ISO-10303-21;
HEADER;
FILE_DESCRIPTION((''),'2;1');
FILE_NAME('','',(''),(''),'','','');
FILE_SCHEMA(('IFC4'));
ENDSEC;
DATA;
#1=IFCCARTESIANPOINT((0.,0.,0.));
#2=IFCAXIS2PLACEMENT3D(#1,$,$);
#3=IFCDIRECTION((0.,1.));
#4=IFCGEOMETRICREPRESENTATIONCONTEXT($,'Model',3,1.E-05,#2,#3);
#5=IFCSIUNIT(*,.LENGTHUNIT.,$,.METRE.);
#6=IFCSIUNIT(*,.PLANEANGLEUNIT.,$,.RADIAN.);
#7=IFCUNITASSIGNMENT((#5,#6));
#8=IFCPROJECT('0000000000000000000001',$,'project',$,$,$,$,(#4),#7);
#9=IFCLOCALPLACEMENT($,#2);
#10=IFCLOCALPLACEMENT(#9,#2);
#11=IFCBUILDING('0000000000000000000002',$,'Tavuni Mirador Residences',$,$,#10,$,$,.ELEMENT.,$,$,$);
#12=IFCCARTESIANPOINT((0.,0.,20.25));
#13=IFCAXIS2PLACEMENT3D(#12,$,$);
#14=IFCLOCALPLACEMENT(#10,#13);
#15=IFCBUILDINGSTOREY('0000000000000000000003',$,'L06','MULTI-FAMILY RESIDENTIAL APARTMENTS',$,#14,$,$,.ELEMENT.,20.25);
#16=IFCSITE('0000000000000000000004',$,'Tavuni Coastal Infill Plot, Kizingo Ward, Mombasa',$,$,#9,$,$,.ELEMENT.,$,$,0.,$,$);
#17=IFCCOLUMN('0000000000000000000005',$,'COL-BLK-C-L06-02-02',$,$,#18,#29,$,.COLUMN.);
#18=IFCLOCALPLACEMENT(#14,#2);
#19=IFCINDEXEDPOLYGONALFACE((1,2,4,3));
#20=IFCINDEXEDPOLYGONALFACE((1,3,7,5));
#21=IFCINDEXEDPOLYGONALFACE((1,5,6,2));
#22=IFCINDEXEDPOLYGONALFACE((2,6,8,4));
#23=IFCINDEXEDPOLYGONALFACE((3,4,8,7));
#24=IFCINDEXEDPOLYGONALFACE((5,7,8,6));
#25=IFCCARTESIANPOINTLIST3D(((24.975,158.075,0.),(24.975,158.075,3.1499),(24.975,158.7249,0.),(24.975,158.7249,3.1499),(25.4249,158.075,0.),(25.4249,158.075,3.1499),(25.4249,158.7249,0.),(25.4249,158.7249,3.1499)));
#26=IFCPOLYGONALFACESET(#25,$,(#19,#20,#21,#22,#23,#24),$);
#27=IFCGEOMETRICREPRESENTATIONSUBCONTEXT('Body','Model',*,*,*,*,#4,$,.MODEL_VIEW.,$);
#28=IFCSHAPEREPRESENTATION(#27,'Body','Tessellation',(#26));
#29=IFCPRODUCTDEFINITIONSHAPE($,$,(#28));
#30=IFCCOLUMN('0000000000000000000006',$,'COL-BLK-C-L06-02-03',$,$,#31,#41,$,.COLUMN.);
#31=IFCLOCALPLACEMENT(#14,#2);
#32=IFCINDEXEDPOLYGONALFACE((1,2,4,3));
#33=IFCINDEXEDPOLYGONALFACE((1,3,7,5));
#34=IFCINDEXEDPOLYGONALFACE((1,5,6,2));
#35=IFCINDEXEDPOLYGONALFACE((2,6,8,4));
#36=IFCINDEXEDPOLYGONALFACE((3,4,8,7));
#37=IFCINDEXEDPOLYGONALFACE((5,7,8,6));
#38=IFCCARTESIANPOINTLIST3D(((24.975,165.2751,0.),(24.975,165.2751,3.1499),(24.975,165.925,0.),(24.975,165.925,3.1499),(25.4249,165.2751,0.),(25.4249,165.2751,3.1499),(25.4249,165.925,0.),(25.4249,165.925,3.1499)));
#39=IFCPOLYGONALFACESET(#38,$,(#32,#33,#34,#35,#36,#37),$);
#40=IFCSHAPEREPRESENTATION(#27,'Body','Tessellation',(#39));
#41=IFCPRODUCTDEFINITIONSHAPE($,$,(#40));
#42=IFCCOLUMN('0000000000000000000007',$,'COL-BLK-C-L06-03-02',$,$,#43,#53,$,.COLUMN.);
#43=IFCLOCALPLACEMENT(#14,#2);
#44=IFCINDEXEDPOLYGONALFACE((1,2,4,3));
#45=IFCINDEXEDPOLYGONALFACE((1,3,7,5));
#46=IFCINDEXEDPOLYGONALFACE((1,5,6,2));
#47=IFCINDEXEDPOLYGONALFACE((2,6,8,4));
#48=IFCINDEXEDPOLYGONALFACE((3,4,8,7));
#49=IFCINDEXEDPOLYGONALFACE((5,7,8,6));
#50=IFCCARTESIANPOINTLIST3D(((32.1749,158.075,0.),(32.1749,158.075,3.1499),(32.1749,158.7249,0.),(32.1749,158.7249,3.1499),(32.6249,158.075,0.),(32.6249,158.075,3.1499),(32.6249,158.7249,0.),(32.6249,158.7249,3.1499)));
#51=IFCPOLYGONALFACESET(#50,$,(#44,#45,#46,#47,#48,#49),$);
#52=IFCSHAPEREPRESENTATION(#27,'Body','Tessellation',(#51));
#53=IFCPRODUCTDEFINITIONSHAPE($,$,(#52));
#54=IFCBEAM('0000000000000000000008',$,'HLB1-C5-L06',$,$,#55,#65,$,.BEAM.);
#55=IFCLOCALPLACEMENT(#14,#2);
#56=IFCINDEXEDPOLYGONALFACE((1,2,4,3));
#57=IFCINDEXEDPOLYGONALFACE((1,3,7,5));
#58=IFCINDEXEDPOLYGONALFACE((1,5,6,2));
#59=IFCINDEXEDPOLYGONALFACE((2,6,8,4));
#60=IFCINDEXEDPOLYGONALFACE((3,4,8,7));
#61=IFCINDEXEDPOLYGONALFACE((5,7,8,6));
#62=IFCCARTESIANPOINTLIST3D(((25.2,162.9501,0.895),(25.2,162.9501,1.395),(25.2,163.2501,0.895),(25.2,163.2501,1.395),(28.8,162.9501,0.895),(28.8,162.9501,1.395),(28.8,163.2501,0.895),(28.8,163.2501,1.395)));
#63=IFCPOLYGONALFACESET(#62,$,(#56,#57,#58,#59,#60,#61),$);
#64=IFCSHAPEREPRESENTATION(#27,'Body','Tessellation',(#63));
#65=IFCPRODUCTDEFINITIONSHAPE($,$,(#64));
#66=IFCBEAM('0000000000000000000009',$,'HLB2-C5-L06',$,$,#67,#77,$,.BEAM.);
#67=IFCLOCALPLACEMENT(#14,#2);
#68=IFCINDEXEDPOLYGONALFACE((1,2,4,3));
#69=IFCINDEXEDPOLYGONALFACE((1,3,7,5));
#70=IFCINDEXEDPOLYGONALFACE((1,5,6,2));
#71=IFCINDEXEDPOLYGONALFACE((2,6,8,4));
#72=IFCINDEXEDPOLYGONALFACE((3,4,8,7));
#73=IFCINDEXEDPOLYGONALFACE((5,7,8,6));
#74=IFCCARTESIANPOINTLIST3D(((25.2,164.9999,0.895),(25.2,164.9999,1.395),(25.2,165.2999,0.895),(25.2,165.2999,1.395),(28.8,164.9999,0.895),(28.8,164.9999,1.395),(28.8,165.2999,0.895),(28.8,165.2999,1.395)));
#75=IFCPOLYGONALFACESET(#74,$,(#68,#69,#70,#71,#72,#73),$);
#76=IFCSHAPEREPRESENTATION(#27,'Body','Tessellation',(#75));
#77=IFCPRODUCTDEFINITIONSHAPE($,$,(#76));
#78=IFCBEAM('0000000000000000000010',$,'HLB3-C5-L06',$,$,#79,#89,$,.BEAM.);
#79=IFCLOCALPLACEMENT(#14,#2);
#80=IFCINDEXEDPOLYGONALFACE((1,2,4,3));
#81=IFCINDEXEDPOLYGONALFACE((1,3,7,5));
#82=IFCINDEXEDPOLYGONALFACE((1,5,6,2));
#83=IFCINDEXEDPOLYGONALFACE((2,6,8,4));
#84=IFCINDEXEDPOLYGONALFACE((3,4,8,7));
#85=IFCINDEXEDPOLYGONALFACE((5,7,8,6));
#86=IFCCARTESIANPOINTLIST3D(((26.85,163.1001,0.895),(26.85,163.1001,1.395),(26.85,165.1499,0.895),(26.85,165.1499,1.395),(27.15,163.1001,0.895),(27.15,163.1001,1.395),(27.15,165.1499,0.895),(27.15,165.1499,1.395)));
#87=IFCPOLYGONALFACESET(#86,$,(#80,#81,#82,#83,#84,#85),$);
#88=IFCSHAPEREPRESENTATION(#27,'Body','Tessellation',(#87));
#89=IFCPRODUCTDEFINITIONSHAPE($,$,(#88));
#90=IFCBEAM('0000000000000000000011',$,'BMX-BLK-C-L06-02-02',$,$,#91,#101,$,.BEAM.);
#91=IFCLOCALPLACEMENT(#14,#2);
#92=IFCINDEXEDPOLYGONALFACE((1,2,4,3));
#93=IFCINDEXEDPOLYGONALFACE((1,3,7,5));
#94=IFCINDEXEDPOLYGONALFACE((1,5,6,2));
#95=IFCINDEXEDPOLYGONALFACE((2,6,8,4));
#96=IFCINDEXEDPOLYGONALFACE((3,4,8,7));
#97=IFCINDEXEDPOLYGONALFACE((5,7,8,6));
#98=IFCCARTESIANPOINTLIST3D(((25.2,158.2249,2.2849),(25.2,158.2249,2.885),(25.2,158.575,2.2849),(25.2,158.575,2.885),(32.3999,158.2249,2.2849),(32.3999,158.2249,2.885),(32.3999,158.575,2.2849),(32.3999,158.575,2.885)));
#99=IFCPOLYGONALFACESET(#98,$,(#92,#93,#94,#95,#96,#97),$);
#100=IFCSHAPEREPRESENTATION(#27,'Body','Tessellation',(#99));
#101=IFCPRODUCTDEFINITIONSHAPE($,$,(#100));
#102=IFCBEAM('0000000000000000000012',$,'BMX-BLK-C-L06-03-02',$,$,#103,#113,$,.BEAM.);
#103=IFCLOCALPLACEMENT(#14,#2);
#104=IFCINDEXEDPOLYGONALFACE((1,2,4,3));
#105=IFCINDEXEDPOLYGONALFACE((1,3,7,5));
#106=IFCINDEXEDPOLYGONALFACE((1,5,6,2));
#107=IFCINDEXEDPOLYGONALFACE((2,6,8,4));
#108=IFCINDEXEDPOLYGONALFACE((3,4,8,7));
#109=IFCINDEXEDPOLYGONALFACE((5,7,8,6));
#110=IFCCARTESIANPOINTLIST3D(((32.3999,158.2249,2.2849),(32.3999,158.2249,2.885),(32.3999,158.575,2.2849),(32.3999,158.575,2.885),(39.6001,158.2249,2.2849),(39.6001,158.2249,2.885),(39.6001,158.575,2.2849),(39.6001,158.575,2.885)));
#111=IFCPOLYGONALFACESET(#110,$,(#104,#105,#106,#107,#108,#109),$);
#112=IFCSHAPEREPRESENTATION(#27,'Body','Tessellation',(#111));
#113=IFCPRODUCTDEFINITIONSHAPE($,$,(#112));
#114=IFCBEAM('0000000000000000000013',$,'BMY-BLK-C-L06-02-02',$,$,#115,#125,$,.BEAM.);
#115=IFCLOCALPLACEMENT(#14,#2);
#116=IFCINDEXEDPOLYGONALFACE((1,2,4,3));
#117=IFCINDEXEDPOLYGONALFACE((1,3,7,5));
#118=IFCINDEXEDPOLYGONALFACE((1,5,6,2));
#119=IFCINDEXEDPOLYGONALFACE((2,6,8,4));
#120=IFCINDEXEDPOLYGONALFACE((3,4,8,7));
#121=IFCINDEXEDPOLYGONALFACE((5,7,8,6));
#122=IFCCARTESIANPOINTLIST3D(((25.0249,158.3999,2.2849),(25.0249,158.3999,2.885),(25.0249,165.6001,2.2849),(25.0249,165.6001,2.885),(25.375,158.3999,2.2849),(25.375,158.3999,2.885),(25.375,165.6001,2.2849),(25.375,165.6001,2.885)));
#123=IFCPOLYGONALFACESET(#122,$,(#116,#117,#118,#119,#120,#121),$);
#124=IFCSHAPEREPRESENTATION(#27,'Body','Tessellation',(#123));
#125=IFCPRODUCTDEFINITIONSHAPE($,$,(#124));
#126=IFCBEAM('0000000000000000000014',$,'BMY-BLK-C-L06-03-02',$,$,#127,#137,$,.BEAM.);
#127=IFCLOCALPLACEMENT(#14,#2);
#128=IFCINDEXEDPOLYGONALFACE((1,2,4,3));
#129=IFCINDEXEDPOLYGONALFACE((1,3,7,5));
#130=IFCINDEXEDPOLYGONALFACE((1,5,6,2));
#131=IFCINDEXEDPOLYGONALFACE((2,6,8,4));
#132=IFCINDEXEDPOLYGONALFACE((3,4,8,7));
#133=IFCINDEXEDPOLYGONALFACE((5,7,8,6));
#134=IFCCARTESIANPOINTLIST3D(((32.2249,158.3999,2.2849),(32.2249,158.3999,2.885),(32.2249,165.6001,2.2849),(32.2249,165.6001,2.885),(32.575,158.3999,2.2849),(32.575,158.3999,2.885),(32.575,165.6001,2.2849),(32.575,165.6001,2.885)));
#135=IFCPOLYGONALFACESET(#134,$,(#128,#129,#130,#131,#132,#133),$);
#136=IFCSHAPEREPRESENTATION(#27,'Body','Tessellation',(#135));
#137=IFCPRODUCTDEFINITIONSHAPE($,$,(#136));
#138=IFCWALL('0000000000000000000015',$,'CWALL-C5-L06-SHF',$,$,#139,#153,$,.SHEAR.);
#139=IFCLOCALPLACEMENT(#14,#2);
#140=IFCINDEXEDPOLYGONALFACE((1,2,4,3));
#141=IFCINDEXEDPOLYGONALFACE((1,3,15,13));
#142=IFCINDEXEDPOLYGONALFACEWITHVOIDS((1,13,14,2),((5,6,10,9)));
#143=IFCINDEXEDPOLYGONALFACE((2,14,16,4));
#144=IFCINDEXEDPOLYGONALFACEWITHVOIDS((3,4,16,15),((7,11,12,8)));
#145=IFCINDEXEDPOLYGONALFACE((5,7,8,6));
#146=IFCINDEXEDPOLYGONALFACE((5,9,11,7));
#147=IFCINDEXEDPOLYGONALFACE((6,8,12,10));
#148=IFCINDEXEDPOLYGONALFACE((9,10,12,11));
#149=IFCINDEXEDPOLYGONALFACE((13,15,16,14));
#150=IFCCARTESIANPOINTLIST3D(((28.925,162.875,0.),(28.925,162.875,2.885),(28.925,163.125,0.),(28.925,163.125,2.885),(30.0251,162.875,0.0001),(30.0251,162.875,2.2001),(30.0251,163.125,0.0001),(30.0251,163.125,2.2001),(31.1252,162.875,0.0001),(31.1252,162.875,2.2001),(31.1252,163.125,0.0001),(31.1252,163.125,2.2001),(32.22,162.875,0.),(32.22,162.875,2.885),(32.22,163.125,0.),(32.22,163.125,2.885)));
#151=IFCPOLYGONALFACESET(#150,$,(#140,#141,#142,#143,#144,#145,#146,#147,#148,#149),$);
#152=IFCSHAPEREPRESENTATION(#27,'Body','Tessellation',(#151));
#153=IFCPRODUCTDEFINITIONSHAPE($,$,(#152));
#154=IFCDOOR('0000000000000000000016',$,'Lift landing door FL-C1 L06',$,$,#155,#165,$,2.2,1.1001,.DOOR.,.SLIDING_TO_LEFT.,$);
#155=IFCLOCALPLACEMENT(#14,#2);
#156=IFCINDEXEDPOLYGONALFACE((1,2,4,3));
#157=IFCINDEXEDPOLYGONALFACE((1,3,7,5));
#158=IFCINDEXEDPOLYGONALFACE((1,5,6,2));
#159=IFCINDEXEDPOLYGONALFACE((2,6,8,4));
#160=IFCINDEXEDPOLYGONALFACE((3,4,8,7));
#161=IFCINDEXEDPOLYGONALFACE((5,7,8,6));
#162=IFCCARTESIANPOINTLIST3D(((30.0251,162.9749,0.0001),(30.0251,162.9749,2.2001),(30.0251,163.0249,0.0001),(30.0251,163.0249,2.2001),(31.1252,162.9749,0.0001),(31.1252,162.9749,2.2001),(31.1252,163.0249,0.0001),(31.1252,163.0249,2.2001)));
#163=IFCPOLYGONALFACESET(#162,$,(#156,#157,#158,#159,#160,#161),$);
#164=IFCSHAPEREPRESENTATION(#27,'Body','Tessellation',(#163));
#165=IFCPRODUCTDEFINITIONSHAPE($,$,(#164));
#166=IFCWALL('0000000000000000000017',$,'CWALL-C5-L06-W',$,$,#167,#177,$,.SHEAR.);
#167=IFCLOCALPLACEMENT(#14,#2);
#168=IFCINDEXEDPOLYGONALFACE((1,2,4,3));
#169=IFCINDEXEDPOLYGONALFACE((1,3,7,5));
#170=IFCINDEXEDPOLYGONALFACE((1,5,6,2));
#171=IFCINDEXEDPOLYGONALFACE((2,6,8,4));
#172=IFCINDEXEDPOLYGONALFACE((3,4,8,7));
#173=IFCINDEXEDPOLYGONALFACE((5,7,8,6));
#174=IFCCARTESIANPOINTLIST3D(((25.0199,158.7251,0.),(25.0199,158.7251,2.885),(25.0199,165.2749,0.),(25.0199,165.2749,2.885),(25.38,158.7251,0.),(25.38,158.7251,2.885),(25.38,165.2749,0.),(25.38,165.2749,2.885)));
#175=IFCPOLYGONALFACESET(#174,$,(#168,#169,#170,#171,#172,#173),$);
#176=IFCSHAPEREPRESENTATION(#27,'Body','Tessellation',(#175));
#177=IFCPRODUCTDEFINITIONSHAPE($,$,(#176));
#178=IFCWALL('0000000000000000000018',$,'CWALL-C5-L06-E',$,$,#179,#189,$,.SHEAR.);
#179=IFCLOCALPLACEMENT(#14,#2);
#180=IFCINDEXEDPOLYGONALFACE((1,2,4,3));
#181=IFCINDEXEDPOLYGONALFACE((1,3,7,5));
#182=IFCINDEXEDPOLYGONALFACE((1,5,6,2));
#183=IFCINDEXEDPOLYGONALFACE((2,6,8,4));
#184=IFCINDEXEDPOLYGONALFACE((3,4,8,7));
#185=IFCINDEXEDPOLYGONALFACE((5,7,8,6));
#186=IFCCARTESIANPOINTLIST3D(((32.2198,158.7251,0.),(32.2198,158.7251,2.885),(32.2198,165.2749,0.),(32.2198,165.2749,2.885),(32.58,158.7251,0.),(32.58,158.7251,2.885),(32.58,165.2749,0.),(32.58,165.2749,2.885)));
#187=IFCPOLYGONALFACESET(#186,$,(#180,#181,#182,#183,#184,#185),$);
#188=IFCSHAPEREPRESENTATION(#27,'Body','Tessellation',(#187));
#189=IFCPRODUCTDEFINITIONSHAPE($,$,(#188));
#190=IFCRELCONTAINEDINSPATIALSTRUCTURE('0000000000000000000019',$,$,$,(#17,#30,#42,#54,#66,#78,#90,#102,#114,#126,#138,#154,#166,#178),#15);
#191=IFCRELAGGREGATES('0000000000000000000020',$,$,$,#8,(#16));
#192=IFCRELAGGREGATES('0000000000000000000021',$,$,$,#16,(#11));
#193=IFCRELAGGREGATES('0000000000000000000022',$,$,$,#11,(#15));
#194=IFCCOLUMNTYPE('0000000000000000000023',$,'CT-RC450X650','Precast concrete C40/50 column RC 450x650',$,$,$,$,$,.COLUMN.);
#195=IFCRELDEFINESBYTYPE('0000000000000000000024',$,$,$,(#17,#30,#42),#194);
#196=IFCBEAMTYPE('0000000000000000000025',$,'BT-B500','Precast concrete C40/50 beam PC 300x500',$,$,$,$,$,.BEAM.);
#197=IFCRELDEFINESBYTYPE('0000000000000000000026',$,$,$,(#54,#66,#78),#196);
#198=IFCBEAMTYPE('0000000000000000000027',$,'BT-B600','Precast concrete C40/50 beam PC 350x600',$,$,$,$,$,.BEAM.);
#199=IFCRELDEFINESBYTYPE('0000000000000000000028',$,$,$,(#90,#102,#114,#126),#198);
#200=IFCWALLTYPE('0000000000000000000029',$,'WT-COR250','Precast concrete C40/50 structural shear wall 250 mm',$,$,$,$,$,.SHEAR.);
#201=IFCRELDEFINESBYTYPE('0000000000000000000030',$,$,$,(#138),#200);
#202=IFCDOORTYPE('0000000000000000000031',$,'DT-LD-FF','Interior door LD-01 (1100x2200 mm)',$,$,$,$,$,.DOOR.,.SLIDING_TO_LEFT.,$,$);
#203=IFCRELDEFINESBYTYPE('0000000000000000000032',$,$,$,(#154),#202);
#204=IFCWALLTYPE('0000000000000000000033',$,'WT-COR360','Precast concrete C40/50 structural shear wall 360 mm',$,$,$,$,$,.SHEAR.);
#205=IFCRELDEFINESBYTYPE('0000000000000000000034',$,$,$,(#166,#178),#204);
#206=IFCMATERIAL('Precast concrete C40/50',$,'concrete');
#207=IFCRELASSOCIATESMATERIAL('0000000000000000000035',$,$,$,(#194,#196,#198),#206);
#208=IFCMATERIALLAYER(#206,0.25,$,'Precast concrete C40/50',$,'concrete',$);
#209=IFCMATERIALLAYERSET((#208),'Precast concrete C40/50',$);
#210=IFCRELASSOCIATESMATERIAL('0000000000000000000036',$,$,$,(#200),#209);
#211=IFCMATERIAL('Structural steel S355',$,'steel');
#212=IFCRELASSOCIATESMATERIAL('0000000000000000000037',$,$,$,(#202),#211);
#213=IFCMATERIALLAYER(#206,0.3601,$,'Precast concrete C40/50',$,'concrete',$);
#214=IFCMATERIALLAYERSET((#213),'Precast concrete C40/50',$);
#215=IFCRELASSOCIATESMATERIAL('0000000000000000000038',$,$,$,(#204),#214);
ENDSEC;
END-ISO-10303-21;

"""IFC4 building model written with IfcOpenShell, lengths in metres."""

from ifc_helpers import new_model, si_unit, direction, frame, frame_2d, origin, origin_2d, place, context, subcontext, project, spatial, rectangle, extrude, material, layer, layer_set, material_profile, profile_set, type_object, element, fill, save


model = new_model("IFC4")

# Units and contexts
model_context = context("Model", 3, precision=1e-05, world=origin(), true_north=direction((0.0, 1.0)))
body_context = subcontext(model_context, "Body", "Model", "MODEL_VIEW")
ifc_project = project(units=[si_unit("LENGTHUNIT", "METRE"), si_unit("PLANEANGLEUNIT", "RADIAN")], contexts=[model_context])

# Site, building, storey
site_placement = place(None, origin())
site = spatial("IfcSite", under=ifc_project, at=site_placement, Name="Tavuni Coastal Infill Plot, Kizingo Ward, Mombasa", CompositionType="ELEMENT", RefElevation=0.0)
building_placement = place(site_placement, origin())
building = spatial("IfcBuilding", under=site, at=building_placement, Name="Tavuni Mirador Residences", CompositionType="ELEMENT")
storey_placement = place(building_placement, frame((0.0, 0.0, 20.25)))
storey = spatial("IfcBuildingStorey", under=building, at=storey_placement, Name="L06", Description="MULTI-FAMILY RESIDENTIAL APARTMENTS", CompositionType="ELEMENT", Elevation=20.25)

# Columns
ifc_material_1 = material(Name="Precast concrete C40/50", Category="concrete")
ifc_material_profile_1 = material_profile(ifc_material_1, rectangle(XDim=0.45, YDim=0.6499, at=origin_2d()), Name="RC 450x650", Category="concrete")
ifc_profile_set_1 = profile_set([ifc_material_profile_1], Name="Precast concrete C40/50")
column_type = type_object("IfcColumnType", Name="CT-RC450X650", Description="Precast concrete C40/50 column RC 450x650", PredefinedType="COLUMN", material=ifc_profile_set_1)
for number, where, z_axis, x_axis, name in (
    (1, (25.2, 158.3999, 0.0), (0.0, 0.0, 1.0), (1.0, 0.0, 0.0), "COL-BLK-C-L06-02-02"),
    (2, (25.2, 165.6001, 0.0), (0.0, 0.0, 1.0), (1.0, 0.0, 0.0), "COL-BLK-C-L06-02-03"),
    (3, (32.3999, 158.3999, 0.0), (0.0, 0.0, 1.0), (1.0, 0.0, 0.0), "COL-BLK-C-L06-03-02"),
):
    element("IfcColumn", number, at=place(storey_placement, frame(where, z_axis=z_axis, x_axis=x_axis)), inside=storey, type_object=column_type, Name=name, PredefinedType="COLUMN", context=body_context, shape_type="SweptSolid", body=[
        extrude(rectangle(XDim=0.45, YDim=0.6499, at=origin_2d()), origin(), (0.0, 0.0, 1.0), 3.1499),
    ])

# Beams
ifc_material_profile_2 = material_profile(ifc_material_1, rectangle(XDim=0.3, YDim=0.5, at=origin_2d()), Name="PC 300x500", Category="concrete")
ifc_profile_set_2 = profile_set([ifc_material_profile_2], Name="Precast concrete C40/50")
beam_type_1 = type_object("IfcBeamType", Name="BT-B500", Description="Precast concrete C40/50 beam PC 300x500", PredefinedType="BEAM", material=ifc_profile_set_2)
for number, where, z_axis, x_axis, name in (
    (4, (25.2, 163.1001, 1.145), (1.0, 0.0, 0.0), (0.0, 1.0, 0.0), "HLB1-C5-L06"),
    (5, (25.2, 165.1499, 1.145), (1.0, 0.0, 0.0), (0.0, 1.0, 0.0), "HLB2-C5-L06"),
):
    element("IfcBeam", number, at=place(storey_placement, frame(where, z_axis=z_axis, x_axis=x_axis)), inside=storey, type_object=beam_type_1, Name=name, PredefinedType="BEAM", context=body_context, shape_type="SweptSolid", body=[
        extrude(rectangle(XDim=0.3, YDim=0.5, at=origin_2d()), origin(), (0.0, 0.0, 1.0), 3.6001),
    ])
beam_1_placement = place(storey_placement, frame((27.0, 163.1001, 1.145), z_axis=(0.0, 1.0, 0.0), x_axis=(-1.0, 0.0, 0.0)))
element("IfcBeam", 6, at=beam_1_placement, inside=storey, type_object=beam_type_1, Name="HLB3-C5-L06", PredefinedType="BEAM", context=body_context, shape_type="SweptSolid", body=[
    extrude(rectangle(XDim=0.3, YDim=0.5, at=origin_2d()), origin(), (0.0, 0.0, 1.0), 2.0498),
])
ifc_material_profile_3 = material_profile(ifc_material_1, rectangle(XDim=0.3501, YDim=0.6001, at=origin_2d()), Name="PC 350x600", Category="concrete")
ifc_profile_set_3 = profile_set([ifc_material_profile_3], Name="Precast concrete C40/50")
beam_type_2 = type_object("IfcBeamType", Name="BT-B600", Description="Precast concrete C40/50 beam PC 350x600", PredefinedType="BEAM", material=ifc_profile_set_3)
beam_2_placement = place(storey_placement, frame((25.2, 158.3999, 2.585), z_axis=(1.0, 0.0, 0.0), x_axis=(0.0, 1.0, 0.0)))
element("IfcBeam", 7, at=beam_2_placement, inside=storey, type_object=beam_type_2, Name="BMX-BLK-C-L06-02-02", PredefinedType="BEAM", context=body_context, shape_type="SweptSolid", body=[
    extrude(rectangle(XDim=0.3501, YDim=0.6001, at=origin_2d()), origin(), (0.0, 0.0, 1.0), 7.2),
])
for number, where, z_axis, x_axis, name in (
    (8, (32.3999, 158.3999, 2.585), (1.0, 0.0, 0.0), (0.0, 1.0, 0.0), "BMX-BLK-C-L06-03-02"),
    (9, (25.2, 158.3999, 2.585), (0.0, 1.0, 0.0), (-1.0, 0.0, 0.0), "BMY-BLK-C-L06-02-02"),
    (10, (32.3999, 158.3999, 2.585), (0.0, 1.0, 0.0), (-1.0, 0.0, 0.0), "BMY-BLK-C-L06-03-02"),
):
    element("IfcBeam", number, at=place(storey_placement, frame(where, z_axis=z_axis, x_axis=x_axis)), inside=storey, type_object=beam_type_2, Name=name, PredefinedType="BEAM", context=body_context, shape_type="SweptSolid", body=[
        extrude(rectangle(XDim=0.3501, YDim=0.6001, at=origin_2d()), origin(), (0.0, 0.0, 1.0), 7.2002),
    ])

# Wall, opening, door
ifc_layer_1 = layer(ifc_material_1, 0.25, Name="Precast concrete C40/50", Category="concrete")
ifc_layer_set_1 = layer_set([ifc_layer_1], Name="Precast concrete C40/50")
wall_type_1 = type_object("IfcWallType", Name="WT-COR250", Description="Precast concrete C40/50 structural shear wall 250 mm", PredefinedType="SHEAR", material=ifc_layer_set_1)
wall_1_placement = place(storey_placement, frame((28.925, 163.0, 0.0), z_axis=(0.0, 0.0, 1.0), x_axis=(1.0, 0.0, 0.0)))
wall_1 = element("IfcWall", 11, at=wall_1_placement, inside=storey, type_object=wall_type_1, Name="CWALL-C5-L06-SHF", PredefinedType="SHEAR", context=body_context, shape_type="SweptSolid", body=[
    extrude(rectangle(XDim=3.2949, YDim=0.25, at=frame_2d((1.6475, 0.0))), origin(), (0.0, 0.0, 1.0), 2.885),
])
opening_1_placement = place(wall_1_placement, frame((1.1001, 0.0, 0.0)))
opening_1 = element("IfcOpeningElement", 12, at=opening_1_placement, cuts=wall_1, PredefinedType="OPENING", context=body_context, shape_type="SweptSolid", body=[
    extrude(rectangle(XDim=1.1001, YDim=2.2, at=frame_2d((0.55, 1.1001))), frame((0.0, 0.135, 0.0), z_axis=(0.0, -1.0, 0.0), x_axis=(1.0, 0.0, 0.0)), (0.0, 0.0, 1.0), 0.27),
])
ifc_material_2 = material(Name="Structural steel S355", Category="steel")
door_type_1 = type_object("IfcDoorType", Name="DT-LD-FF", Description="Interior door LD-01 (1100x2200 mm)", OperationType="SLIDING_TO_LEFT", PredefinedType="DOOR", material=ifc_material_2)
door_1_placement = place(opening_1_placement, origin())
door_1 = element("IfcDoor", 13, at=door_1_placement, inside=storey, type_object=door_type_1, Name="Lift landing door FL-C1 L06", OperationType="SLIDING_TO_LEFT", OverallHeight=2.2, OverallWidth=1.1001, PredefinedType="DOOR", context=body_context, shape_type="SweptSolid", body=[
    extrude(rectangle(XDim=1.1001, YDim=2.2, at=frame_2d((0.55, 1.1001))), frame((0.0, 0.0249, 0.0), z_axis=(0.0, -1.0, 0.0), x_axis=(1.0, 0.0, 0.0)), (0.0, 0.0, 1.0), 0.05),
])
fill(opening_1, door_1)

# Walls
ifc_layer_2 = layer(ifc_material_1, 0.3601, Name="Precast concrete C40/50", Category="concrete")
ifc_layer_set_2 = layer_set([ifc_layer_2], Name="Precast concrete C40/50")
wall_type_2 = type_object("IfcWallType", Name="WT-COR360", Description="Precast concrete C40/50 structural shear wall 360 mm", PredefinedType="SHEAR", material=ifc_layer_set_2)
for number, where, z_axis, x_axis, name in (
    (14, (25.2, 158.7251, 0.0), (0.0, 0.0, 1.0), (0.0, 1.0, 0.0), "CWALL-C5-L06-W"),
    (15, (32.3999, 158.7251, 0.0), (0.0, 0.0, 1.0), (0.0, 1.0, 0.0), "CWALL-C5-L06-E"),
):
    element("IfcWall", number, at=place(storey_placement, frame(where, z_axis=z_axis, x_axis=x_axis)), inside=storey, type_object=wall_type_2, Name=name, PredefinedType="SHEAR", context=body_context, shape_type="SweptSolid", body=[
        extrude(rectangle(XDim=6.5498, YDim=0.3601, at=frame_2d((3.2749, 0.0))), origin(), (0.0, 0.0, 1.0), 2.885),
    ])

save(model, "model.ifc")
